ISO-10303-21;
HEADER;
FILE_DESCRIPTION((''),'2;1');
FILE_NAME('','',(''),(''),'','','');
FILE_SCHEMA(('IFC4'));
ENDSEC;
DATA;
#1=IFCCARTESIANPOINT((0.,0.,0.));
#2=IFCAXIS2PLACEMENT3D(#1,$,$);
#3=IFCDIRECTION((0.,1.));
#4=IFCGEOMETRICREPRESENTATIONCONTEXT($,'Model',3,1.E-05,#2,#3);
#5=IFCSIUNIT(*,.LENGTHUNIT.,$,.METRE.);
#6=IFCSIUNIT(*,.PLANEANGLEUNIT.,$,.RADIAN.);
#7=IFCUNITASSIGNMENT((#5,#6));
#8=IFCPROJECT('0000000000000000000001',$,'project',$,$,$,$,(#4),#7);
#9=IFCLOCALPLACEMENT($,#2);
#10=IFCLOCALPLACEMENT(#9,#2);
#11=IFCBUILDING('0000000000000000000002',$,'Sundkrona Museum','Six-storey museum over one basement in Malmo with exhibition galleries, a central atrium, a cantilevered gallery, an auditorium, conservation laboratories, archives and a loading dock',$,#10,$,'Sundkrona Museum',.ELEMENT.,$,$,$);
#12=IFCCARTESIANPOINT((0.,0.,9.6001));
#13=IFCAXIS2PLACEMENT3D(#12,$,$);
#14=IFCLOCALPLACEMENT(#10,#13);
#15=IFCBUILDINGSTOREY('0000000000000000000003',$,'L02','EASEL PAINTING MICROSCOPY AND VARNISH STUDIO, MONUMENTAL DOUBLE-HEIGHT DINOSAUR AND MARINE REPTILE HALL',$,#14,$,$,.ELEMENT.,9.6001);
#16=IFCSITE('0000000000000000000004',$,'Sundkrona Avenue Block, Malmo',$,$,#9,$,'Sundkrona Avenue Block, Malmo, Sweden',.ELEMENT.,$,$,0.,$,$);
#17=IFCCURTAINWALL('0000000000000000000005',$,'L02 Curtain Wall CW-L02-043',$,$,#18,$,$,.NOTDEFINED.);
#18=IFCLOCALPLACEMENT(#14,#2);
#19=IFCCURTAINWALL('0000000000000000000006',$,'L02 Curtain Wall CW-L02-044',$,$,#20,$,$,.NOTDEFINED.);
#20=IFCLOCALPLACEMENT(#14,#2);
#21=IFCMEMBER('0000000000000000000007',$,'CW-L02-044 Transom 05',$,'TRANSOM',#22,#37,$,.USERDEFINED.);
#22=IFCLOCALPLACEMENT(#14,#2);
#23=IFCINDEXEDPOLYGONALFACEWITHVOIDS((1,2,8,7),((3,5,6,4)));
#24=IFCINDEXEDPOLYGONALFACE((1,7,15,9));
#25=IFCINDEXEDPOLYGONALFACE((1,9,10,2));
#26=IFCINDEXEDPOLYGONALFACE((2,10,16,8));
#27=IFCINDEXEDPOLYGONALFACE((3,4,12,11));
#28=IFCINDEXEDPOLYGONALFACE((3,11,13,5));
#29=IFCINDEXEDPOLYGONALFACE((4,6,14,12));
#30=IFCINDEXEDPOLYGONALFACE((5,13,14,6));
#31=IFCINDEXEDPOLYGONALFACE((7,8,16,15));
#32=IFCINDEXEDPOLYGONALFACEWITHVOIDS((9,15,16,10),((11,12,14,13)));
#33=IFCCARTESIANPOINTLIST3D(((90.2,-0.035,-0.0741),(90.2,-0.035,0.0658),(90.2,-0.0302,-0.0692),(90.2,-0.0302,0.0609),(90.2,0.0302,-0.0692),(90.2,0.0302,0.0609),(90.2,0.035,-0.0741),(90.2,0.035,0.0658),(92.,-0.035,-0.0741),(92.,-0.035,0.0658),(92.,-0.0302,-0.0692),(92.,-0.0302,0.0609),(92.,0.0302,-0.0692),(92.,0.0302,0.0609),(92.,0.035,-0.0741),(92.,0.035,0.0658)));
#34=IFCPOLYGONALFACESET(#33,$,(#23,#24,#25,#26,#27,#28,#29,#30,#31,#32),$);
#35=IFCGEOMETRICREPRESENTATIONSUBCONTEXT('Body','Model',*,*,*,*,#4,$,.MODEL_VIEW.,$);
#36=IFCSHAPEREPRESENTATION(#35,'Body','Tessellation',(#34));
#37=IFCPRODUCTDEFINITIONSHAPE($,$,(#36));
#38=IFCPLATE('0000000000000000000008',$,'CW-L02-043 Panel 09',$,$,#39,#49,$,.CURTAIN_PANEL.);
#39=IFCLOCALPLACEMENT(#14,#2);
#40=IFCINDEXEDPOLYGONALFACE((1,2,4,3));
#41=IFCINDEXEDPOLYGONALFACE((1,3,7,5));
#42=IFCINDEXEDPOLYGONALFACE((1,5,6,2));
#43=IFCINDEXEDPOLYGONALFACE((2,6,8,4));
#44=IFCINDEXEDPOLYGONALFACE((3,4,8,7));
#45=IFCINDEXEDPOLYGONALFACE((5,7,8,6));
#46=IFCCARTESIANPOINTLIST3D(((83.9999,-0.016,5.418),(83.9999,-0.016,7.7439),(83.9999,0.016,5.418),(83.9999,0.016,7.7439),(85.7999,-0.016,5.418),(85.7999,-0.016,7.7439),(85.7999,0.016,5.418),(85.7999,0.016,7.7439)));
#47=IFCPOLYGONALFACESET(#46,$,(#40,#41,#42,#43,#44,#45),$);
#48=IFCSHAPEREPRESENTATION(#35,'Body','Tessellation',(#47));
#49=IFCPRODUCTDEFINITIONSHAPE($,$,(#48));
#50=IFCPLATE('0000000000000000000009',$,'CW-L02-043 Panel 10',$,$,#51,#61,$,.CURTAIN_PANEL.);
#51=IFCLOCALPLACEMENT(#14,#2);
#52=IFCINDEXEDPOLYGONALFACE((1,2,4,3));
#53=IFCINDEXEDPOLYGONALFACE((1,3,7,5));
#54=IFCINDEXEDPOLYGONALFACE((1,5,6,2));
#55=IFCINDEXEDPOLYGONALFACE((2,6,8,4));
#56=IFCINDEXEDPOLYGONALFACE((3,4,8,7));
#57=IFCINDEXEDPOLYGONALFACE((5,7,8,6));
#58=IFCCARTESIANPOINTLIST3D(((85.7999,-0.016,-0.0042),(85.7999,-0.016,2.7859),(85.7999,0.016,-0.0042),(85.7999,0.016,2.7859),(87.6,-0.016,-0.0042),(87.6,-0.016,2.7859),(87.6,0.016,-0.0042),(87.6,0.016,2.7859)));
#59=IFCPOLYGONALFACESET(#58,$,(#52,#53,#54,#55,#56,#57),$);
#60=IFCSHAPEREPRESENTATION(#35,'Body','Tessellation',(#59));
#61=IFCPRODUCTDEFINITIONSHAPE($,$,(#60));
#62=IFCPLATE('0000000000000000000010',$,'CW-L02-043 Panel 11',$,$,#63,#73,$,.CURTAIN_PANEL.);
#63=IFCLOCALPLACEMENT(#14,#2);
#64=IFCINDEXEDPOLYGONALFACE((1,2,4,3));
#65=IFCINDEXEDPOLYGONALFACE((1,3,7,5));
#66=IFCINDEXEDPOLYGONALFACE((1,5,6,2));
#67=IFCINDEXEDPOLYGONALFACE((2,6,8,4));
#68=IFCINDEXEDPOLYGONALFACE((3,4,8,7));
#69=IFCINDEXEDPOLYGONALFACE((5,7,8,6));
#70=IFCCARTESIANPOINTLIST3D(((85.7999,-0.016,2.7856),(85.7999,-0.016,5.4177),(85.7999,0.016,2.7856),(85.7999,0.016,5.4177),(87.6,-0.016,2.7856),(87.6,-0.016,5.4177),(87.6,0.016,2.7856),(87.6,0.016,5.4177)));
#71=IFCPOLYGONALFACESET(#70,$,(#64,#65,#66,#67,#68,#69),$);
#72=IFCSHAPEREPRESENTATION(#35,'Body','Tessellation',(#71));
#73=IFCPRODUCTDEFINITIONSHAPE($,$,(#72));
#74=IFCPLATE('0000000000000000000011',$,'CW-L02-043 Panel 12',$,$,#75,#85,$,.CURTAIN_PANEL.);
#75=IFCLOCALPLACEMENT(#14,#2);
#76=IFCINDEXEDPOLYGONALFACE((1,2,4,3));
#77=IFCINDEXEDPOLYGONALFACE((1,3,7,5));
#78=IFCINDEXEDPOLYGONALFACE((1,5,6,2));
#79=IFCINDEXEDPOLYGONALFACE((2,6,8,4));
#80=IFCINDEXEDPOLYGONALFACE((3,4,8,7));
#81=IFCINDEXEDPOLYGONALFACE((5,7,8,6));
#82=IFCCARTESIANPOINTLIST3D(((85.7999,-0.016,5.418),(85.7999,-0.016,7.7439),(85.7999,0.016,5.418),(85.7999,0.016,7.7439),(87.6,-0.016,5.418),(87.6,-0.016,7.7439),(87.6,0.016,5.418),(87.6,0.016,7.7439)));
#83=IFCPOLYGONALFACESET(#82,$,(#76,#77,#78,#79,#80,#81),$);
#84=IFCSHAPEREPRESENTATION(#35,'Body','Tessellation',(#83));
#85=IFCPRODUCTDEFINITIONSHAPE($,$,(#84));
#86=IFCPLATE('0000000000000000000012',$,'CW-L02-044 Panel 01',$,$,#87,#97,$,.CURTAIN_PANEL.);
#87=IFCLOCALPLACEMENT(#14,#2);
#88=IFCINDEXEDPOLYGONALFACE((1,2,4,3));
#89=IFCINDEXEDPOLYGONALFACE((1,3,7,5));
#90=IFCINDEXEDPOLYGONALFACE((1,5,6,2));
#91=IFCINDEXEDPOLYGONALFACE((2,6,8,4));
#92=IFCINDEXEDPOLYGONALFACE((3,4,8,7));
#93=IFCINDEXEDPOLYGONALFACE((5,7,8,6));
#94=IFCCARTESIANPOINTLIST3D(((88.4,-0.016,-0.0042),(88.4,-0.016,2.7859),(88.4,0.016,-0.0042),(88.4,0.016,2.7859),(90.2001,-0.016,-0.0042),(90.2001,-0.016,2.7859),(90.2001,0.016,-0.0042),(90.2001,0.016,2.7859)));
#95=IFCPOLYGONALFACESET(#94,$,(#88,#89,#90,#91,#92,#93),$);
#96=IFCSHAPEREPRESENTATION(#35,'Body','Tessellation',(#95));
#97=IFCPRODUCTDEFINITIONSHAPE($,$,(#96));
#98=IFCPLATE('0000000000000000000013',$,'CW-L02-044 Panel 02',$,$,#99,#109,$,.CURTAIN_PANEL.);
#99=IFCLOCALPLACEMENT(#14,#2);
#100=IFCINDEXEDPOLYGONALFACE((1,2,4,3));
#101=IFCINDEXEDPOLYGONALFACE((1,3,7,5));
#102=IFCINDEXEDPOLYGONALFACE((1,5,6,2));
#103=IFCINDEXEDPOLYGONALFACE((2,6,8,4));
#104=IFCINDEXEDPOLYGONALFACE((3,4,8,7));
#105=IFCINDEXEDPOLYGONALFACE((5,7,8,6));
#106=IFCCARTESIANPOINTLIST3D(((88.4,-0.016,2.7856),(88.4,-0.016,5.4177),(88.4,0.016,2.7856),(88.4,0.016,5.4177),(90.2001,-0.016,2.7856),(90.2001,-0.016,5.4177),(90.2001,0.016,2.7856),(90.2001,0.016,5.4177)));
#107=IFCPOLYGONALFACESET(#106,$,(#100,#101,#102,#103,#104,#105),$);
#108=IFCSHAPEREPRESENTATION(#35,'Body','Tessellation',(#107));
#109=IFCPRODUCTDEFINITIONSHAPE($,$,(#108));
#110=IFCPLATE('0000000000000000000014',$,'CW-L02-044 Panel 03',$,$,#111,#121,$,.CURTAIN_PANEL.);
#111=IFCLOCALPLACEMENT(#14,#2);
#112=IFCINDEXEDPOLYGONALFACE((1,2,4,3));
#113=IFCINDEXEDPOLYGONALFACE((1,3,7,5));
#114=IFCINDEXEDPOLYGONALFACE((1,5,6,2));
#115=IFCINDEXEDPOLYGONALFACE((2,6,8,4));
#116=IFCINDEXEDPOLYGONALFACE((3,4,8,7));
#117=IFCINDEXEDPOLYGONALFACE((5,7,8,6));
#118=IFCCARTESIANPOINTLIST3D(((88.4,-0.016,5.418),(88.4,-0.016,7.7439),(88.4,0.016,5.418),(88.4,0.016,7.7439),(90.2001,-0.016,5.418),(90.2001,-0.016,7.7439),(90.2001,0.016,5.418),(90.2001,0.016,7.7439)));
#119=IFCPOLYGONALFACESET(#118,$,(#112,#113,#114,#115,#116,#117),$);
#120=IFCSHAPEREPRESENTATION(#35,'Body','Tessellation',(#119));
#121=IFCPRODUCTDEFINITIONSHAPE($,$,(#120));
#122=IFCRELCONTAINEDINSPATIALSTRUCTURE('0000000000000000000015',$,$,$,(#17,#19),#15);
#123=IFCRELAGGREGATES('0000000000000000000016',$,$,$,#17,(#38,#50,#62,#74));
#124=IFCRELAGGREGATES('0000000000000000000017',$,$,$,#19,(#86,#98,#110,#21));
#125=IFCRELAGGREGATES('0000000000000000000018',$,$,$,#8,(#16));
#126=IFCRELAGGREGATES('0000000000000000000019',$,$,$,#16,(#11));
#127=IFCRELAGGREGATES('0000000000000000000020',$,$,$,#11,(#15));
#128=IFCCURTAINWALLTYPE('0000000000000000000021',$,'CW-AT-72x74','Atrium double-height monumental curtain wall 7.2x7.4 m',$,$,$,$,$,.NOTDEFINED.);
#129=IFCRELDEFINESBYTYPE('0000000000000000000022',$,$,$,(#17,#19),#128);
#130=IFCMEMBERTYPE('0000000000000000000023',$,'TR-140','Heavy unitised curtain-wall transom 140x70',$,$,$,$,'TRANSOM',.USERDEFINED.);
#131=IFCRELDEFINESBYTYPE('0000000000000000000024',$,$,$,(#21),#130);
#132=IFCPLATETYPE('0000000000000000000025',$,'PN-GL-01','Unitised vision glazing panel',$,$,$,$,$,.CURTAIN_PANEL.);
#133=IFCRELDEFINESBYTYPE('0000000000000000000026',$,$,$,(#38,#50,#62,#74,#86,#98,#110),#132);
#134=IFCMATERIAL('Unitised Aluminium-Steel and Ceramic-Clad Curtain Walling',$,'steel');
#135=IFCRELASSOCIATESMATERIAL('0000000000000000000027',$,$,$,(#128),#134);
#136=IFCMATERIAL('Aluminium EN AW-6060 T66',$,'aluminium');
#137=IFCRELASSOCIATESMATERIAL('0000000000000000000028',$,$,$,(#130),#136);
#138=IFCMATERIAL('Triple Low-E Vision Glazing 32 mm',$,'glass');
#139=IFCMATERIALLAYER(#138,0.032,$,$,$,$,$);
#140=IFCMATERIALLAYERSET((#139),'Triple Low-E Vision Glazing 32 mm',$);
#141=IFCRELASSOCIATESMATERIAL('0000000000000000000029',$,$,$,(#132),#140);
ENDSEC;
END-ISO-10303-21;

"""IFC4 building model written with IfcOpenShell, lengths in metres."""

from ifc_helpers import new_model, si_unit, direction, frame, origin, origin_2d, place, context, subcontext, project, spatial, rectangle, hollow_rectangle, extrude, material, layer, layer_set, material_profile, profile_set, type_object, element, aggregate, save


model = new_model("IFC4")

# Units and contexts
model_context = context("Model", 3, precision=1e-05, world=origin(), true_north=direction((0.0, 1.0)))
body_context = subcontext(model_context, "Body", "Model", "MODEL_VIEW")
ifc_project = project(units=[si_unit("LENGTHUNIT", "METRE"), si_unit("PLANEANGLEUNIT", "RADIAN")], contexts=[model_context])

# Site, building, storey
site_placement = place(None, origin())
site = spatial("IfcSite", under=ifc_project, at=site_placement, Name="Sundkrona Avenue Block, Malmo", LongName="Sundkrona Avenue Block, Malmo, Sweden", CompositionType="ELEMENT", RefElevation=0.0)
building_placement = place(site_placement, origin())
building = spatial("IfcBuilding", under=site, at=building_placement, Name="Sundkrona Museum", Description="Six-storey museum over one basement in Malmo with exhibition galleries, a central atrium, a cantilevered gallery, an auditorium, conservation laboratories, archives and a loading dock", LongName="Sundkrona Museum", CompositionType="ELEMENT")
storey_placement = place(building_placement, frame((0.0, 0.0, 9.6001)))
storey = spatial("IfcBuildingStorey", under=building, at=storey_placement, Name="L02", Description="EASEL PAINTING MICROSCOPY AND VARNISH STUDIO, MONUMENTAL DOUBLE-HEIGHT DINOSAUR AND MARINE REPTILE HALL", CompositionType="ELEMENT", Elevation=9.6001)

# Curtain walls
ifc_material_1 = material(Name="Unitised Aluminium-Steel and Ceramic-Clad Curtain Walling", Category="steel")
curtain_wall_type = type_object("IfcCurtainWallType", Name="CW-AT-72x74", Description="Atrium double-height monumental curtain wall 7.2x7.4 m", PredefinedType="NOTDEFINED", material=ifc_material_1)
curtain_wall_1_placement = place(storey_placement, origin())
curtain_wall_1 = element("IfcCurtainWall", 1, at=curtain_wall_1_placement, inside=storey, type_object=curtain_wall_type, Name="L02 Curtain Wall CW-L02-043", PredefinedType="NOTDEFINED")
ifc_material_2 = material(Name="Aluminium EN AW-6060 T66", Category="aluminium")
curtain_wall_2_placement = place(storey_placement, origin())
curtain_wall_2 = element("IfcCurtainWall", 2, at=curtain_wall_2_placement, inside=storey, type_object=curtain_wall_type, Name="L02 Curtain Wall CW-L02-044", PredefinedType="NOTDEFINED")

# Member
ifc_material_profile_1 = material_profile(ifc_material_2, hollow_rectangle(XDim=0.0701, YDim=0.1399, WallThickness=0.0049, at=origin_2d()), Name="RHS 140x70x5.0")
ifc_profile_set_1 = profile_set([ifc_material_profile_1], Name="Aluminium EN AW-6060 T66")
member_type_1 = type_object("IfcMemberType", Name="TR-140", Description="Heavy unitised curtain-wall transom 140x70", ElementType="TRANSOM", PredefinedType="USERDEFINED", material=ifc_profile_set_1)
member_1_placement = place(storey_placement, frame((90.2, 0.0, -0.0042), z_axis=(1.0, 0.0, 0.0), x_axis=(0.0, 1.0, 0.0)))
member_1 = element("IfcMember", 3, at=member_1_placement, type_object=member_type_1, Name="CW-L02-044 Transom 05", ObjectType="TRANSOM", PredefinedType="USERDEFINED", context=body_context, shape_type="SweptSolid", body=[
    extrude(hollow_rectangle(XDim=0.0701, YDim=0.1399, WallThickness=0.0049, at=origin_2d()), origin(), (0.0, 0.0, 1.0), 1.8),
])

# Plates
ifc_material_3 = material(Name="Triple Low-E Vision Glazing 32 mm", Category="glass")
ifc_layer = layer(ifc_material_3, 0.032)
ifc_layer_set = layer_set([ifc_layer], Name="Triple Low-E Vision Glazing 32 mm")
plate_type = type_object("IfcPlateType", Name="PN-GL-01", Description="Unitised vision glazing panel", PredefinedType="CURTAIN_PANEL", material=ifc_layer_set)
plate_1_placement = place(storey_placement, frame((84.8999, 0.0, 5.418), z_axis=(0.0, 0.0, 1.0), x_axis=(1.0, 0.0, 0.0)))
plate_1 = element("IfcPlate", 4, at=plate_1_placement, type_object=plate_type, Name="CW-L02-043 Panel 09", PredefinedType="CURTAIN_PANEL", context=body_context, shape_type="SweptSolid", body=[
    extrude(rectangle(XDim=1.8, YDim=0.032, at=origin_2d()), origin(), (0.0, 0.0, 1.0), 2.3259),
])
plate_2_placement = place(storey_placement, frame((86.7, 0.0, -0.0042), z_axis=(0.0, 0.0, 1.0), x_axis=(1.0, 0.0, 0.0)))
plate_2 = element("IfcPlate", 5, at=plate_2_placement, type_object=plate_type, Name="CW-L02-043 Panel 10", PredefinedType="CURTAIN_PANEL", context=body_context, shape_type="SweptSolid", body=[
    extrude(rectangle(XDim=1.8, YDim=0.032, at=origin_2d()), origin(), (0.0, 0.0, 1.0), 2.79),
])
plate_3_placement = place(storey_placement, frame((86.7, 0.0, 2.7856), z_axis=(0.0, 0.0, 1.0), x_axis=(1.0, 0.0, 0.0)))
plate_3 = element("IfcPlate", 6, at=plate_3_placement, type_object=plate_type, Name="CW-L02-043 Panel 11", PredefinedType="CURTAIN_PANEL", context=body_context, shape_type="SweptSolid", body=[
    extrude(rectangle(XDim=1.8, YDim=0.032, at=origin_2d()), origin(), (0.0, 0.0, 1.0), 2.6321),
])
plate_4_placement = place(storey_placement, frame((86.7, 0.0, 5.418), z_axis=(0.0, 0.0, 1.0), x_axis=(1.0, 0.0, 0.0)))
plate_4 = element("IfcPlate", 7, at=plate_4_placement, type_object=plate_type, Name="CW-L02-043 Panel 12", PredefinedType="CURTAIN_PANEL", context=body_context, shape_type="SweptSolid", body=[
    extrude(rectangle(XDim=1.8, YDim=0.032, at=origin_2d()), origin(), (0.0, 0.0, 1.0), 2.3259),
])
aggregate(curtain_wall_1, [plate_1, plate_2, plate_3, plate_4])
plate_5_placement = place(storey_placement, frame((89.3, 0.0, -0.0042), z_axis=(0.0, 0.0, 1.0), x_axis=(1.0, 0.0, 0.0)))
plate_5 = element("IfcPlate", 8, at=plate_5_placement, type_object=plate_type, Name="CW-L02-044 Panel 01", PredefinedType="CURTAIN_PANEL", context=body_context, shape_type="SweptSolid", body=[
    extrude(rectangle(XDim=1.8, YDim=0.032, at=origin_2d()), origin(), (0.0, 0.0, 1.0), 2.79),
])
plate_6_placement = place(storey_placement, frame((89.3, 0.0, 2.7856), z_axis=(0.0, 0.0, 1.0), x_axis=(1.0, 0.0, 0.0)))
plate_6 = element("IfcPlate", 9, at=plate_6_placement, type_object=plate_type, Name="CW-L02-044 Panel 02", PredefinedType="CURTAIN_PANEL", context=body_context, shape_type="SweptSolid", body=[
    extrude(rectangle(XDim=1.8, YDim=0.032, at=origin_2d()), origin(), (0.0, 0.0, 1.0), 2.6321),
])
plate_7_placement = place(storey_placement, frame((89.3, 0.0, 5.418), z_axis=(0.0, 0.0, 1.0), x_axis=(1.0, 0.0, 0.0)))
plate_7 = element("IfcPlate", 10, at=plate_7_placement, type_object=plate_type, Name="CW-L02-044 Panel 03", PredefinedType="CURTAIN_PANEL", context=body_context, shape_type="SweptSolid", body=[
    extrude(rectangle(XDim=1.8, YDim=0.032, at=origin_2d()), origin(), (0.0, 0.0, 1.0), 2.3259),
])
aggregate(curtain_wall_2, [plate_5, plate_6, plate_7, member_1])

save(model, "model.ifc")
